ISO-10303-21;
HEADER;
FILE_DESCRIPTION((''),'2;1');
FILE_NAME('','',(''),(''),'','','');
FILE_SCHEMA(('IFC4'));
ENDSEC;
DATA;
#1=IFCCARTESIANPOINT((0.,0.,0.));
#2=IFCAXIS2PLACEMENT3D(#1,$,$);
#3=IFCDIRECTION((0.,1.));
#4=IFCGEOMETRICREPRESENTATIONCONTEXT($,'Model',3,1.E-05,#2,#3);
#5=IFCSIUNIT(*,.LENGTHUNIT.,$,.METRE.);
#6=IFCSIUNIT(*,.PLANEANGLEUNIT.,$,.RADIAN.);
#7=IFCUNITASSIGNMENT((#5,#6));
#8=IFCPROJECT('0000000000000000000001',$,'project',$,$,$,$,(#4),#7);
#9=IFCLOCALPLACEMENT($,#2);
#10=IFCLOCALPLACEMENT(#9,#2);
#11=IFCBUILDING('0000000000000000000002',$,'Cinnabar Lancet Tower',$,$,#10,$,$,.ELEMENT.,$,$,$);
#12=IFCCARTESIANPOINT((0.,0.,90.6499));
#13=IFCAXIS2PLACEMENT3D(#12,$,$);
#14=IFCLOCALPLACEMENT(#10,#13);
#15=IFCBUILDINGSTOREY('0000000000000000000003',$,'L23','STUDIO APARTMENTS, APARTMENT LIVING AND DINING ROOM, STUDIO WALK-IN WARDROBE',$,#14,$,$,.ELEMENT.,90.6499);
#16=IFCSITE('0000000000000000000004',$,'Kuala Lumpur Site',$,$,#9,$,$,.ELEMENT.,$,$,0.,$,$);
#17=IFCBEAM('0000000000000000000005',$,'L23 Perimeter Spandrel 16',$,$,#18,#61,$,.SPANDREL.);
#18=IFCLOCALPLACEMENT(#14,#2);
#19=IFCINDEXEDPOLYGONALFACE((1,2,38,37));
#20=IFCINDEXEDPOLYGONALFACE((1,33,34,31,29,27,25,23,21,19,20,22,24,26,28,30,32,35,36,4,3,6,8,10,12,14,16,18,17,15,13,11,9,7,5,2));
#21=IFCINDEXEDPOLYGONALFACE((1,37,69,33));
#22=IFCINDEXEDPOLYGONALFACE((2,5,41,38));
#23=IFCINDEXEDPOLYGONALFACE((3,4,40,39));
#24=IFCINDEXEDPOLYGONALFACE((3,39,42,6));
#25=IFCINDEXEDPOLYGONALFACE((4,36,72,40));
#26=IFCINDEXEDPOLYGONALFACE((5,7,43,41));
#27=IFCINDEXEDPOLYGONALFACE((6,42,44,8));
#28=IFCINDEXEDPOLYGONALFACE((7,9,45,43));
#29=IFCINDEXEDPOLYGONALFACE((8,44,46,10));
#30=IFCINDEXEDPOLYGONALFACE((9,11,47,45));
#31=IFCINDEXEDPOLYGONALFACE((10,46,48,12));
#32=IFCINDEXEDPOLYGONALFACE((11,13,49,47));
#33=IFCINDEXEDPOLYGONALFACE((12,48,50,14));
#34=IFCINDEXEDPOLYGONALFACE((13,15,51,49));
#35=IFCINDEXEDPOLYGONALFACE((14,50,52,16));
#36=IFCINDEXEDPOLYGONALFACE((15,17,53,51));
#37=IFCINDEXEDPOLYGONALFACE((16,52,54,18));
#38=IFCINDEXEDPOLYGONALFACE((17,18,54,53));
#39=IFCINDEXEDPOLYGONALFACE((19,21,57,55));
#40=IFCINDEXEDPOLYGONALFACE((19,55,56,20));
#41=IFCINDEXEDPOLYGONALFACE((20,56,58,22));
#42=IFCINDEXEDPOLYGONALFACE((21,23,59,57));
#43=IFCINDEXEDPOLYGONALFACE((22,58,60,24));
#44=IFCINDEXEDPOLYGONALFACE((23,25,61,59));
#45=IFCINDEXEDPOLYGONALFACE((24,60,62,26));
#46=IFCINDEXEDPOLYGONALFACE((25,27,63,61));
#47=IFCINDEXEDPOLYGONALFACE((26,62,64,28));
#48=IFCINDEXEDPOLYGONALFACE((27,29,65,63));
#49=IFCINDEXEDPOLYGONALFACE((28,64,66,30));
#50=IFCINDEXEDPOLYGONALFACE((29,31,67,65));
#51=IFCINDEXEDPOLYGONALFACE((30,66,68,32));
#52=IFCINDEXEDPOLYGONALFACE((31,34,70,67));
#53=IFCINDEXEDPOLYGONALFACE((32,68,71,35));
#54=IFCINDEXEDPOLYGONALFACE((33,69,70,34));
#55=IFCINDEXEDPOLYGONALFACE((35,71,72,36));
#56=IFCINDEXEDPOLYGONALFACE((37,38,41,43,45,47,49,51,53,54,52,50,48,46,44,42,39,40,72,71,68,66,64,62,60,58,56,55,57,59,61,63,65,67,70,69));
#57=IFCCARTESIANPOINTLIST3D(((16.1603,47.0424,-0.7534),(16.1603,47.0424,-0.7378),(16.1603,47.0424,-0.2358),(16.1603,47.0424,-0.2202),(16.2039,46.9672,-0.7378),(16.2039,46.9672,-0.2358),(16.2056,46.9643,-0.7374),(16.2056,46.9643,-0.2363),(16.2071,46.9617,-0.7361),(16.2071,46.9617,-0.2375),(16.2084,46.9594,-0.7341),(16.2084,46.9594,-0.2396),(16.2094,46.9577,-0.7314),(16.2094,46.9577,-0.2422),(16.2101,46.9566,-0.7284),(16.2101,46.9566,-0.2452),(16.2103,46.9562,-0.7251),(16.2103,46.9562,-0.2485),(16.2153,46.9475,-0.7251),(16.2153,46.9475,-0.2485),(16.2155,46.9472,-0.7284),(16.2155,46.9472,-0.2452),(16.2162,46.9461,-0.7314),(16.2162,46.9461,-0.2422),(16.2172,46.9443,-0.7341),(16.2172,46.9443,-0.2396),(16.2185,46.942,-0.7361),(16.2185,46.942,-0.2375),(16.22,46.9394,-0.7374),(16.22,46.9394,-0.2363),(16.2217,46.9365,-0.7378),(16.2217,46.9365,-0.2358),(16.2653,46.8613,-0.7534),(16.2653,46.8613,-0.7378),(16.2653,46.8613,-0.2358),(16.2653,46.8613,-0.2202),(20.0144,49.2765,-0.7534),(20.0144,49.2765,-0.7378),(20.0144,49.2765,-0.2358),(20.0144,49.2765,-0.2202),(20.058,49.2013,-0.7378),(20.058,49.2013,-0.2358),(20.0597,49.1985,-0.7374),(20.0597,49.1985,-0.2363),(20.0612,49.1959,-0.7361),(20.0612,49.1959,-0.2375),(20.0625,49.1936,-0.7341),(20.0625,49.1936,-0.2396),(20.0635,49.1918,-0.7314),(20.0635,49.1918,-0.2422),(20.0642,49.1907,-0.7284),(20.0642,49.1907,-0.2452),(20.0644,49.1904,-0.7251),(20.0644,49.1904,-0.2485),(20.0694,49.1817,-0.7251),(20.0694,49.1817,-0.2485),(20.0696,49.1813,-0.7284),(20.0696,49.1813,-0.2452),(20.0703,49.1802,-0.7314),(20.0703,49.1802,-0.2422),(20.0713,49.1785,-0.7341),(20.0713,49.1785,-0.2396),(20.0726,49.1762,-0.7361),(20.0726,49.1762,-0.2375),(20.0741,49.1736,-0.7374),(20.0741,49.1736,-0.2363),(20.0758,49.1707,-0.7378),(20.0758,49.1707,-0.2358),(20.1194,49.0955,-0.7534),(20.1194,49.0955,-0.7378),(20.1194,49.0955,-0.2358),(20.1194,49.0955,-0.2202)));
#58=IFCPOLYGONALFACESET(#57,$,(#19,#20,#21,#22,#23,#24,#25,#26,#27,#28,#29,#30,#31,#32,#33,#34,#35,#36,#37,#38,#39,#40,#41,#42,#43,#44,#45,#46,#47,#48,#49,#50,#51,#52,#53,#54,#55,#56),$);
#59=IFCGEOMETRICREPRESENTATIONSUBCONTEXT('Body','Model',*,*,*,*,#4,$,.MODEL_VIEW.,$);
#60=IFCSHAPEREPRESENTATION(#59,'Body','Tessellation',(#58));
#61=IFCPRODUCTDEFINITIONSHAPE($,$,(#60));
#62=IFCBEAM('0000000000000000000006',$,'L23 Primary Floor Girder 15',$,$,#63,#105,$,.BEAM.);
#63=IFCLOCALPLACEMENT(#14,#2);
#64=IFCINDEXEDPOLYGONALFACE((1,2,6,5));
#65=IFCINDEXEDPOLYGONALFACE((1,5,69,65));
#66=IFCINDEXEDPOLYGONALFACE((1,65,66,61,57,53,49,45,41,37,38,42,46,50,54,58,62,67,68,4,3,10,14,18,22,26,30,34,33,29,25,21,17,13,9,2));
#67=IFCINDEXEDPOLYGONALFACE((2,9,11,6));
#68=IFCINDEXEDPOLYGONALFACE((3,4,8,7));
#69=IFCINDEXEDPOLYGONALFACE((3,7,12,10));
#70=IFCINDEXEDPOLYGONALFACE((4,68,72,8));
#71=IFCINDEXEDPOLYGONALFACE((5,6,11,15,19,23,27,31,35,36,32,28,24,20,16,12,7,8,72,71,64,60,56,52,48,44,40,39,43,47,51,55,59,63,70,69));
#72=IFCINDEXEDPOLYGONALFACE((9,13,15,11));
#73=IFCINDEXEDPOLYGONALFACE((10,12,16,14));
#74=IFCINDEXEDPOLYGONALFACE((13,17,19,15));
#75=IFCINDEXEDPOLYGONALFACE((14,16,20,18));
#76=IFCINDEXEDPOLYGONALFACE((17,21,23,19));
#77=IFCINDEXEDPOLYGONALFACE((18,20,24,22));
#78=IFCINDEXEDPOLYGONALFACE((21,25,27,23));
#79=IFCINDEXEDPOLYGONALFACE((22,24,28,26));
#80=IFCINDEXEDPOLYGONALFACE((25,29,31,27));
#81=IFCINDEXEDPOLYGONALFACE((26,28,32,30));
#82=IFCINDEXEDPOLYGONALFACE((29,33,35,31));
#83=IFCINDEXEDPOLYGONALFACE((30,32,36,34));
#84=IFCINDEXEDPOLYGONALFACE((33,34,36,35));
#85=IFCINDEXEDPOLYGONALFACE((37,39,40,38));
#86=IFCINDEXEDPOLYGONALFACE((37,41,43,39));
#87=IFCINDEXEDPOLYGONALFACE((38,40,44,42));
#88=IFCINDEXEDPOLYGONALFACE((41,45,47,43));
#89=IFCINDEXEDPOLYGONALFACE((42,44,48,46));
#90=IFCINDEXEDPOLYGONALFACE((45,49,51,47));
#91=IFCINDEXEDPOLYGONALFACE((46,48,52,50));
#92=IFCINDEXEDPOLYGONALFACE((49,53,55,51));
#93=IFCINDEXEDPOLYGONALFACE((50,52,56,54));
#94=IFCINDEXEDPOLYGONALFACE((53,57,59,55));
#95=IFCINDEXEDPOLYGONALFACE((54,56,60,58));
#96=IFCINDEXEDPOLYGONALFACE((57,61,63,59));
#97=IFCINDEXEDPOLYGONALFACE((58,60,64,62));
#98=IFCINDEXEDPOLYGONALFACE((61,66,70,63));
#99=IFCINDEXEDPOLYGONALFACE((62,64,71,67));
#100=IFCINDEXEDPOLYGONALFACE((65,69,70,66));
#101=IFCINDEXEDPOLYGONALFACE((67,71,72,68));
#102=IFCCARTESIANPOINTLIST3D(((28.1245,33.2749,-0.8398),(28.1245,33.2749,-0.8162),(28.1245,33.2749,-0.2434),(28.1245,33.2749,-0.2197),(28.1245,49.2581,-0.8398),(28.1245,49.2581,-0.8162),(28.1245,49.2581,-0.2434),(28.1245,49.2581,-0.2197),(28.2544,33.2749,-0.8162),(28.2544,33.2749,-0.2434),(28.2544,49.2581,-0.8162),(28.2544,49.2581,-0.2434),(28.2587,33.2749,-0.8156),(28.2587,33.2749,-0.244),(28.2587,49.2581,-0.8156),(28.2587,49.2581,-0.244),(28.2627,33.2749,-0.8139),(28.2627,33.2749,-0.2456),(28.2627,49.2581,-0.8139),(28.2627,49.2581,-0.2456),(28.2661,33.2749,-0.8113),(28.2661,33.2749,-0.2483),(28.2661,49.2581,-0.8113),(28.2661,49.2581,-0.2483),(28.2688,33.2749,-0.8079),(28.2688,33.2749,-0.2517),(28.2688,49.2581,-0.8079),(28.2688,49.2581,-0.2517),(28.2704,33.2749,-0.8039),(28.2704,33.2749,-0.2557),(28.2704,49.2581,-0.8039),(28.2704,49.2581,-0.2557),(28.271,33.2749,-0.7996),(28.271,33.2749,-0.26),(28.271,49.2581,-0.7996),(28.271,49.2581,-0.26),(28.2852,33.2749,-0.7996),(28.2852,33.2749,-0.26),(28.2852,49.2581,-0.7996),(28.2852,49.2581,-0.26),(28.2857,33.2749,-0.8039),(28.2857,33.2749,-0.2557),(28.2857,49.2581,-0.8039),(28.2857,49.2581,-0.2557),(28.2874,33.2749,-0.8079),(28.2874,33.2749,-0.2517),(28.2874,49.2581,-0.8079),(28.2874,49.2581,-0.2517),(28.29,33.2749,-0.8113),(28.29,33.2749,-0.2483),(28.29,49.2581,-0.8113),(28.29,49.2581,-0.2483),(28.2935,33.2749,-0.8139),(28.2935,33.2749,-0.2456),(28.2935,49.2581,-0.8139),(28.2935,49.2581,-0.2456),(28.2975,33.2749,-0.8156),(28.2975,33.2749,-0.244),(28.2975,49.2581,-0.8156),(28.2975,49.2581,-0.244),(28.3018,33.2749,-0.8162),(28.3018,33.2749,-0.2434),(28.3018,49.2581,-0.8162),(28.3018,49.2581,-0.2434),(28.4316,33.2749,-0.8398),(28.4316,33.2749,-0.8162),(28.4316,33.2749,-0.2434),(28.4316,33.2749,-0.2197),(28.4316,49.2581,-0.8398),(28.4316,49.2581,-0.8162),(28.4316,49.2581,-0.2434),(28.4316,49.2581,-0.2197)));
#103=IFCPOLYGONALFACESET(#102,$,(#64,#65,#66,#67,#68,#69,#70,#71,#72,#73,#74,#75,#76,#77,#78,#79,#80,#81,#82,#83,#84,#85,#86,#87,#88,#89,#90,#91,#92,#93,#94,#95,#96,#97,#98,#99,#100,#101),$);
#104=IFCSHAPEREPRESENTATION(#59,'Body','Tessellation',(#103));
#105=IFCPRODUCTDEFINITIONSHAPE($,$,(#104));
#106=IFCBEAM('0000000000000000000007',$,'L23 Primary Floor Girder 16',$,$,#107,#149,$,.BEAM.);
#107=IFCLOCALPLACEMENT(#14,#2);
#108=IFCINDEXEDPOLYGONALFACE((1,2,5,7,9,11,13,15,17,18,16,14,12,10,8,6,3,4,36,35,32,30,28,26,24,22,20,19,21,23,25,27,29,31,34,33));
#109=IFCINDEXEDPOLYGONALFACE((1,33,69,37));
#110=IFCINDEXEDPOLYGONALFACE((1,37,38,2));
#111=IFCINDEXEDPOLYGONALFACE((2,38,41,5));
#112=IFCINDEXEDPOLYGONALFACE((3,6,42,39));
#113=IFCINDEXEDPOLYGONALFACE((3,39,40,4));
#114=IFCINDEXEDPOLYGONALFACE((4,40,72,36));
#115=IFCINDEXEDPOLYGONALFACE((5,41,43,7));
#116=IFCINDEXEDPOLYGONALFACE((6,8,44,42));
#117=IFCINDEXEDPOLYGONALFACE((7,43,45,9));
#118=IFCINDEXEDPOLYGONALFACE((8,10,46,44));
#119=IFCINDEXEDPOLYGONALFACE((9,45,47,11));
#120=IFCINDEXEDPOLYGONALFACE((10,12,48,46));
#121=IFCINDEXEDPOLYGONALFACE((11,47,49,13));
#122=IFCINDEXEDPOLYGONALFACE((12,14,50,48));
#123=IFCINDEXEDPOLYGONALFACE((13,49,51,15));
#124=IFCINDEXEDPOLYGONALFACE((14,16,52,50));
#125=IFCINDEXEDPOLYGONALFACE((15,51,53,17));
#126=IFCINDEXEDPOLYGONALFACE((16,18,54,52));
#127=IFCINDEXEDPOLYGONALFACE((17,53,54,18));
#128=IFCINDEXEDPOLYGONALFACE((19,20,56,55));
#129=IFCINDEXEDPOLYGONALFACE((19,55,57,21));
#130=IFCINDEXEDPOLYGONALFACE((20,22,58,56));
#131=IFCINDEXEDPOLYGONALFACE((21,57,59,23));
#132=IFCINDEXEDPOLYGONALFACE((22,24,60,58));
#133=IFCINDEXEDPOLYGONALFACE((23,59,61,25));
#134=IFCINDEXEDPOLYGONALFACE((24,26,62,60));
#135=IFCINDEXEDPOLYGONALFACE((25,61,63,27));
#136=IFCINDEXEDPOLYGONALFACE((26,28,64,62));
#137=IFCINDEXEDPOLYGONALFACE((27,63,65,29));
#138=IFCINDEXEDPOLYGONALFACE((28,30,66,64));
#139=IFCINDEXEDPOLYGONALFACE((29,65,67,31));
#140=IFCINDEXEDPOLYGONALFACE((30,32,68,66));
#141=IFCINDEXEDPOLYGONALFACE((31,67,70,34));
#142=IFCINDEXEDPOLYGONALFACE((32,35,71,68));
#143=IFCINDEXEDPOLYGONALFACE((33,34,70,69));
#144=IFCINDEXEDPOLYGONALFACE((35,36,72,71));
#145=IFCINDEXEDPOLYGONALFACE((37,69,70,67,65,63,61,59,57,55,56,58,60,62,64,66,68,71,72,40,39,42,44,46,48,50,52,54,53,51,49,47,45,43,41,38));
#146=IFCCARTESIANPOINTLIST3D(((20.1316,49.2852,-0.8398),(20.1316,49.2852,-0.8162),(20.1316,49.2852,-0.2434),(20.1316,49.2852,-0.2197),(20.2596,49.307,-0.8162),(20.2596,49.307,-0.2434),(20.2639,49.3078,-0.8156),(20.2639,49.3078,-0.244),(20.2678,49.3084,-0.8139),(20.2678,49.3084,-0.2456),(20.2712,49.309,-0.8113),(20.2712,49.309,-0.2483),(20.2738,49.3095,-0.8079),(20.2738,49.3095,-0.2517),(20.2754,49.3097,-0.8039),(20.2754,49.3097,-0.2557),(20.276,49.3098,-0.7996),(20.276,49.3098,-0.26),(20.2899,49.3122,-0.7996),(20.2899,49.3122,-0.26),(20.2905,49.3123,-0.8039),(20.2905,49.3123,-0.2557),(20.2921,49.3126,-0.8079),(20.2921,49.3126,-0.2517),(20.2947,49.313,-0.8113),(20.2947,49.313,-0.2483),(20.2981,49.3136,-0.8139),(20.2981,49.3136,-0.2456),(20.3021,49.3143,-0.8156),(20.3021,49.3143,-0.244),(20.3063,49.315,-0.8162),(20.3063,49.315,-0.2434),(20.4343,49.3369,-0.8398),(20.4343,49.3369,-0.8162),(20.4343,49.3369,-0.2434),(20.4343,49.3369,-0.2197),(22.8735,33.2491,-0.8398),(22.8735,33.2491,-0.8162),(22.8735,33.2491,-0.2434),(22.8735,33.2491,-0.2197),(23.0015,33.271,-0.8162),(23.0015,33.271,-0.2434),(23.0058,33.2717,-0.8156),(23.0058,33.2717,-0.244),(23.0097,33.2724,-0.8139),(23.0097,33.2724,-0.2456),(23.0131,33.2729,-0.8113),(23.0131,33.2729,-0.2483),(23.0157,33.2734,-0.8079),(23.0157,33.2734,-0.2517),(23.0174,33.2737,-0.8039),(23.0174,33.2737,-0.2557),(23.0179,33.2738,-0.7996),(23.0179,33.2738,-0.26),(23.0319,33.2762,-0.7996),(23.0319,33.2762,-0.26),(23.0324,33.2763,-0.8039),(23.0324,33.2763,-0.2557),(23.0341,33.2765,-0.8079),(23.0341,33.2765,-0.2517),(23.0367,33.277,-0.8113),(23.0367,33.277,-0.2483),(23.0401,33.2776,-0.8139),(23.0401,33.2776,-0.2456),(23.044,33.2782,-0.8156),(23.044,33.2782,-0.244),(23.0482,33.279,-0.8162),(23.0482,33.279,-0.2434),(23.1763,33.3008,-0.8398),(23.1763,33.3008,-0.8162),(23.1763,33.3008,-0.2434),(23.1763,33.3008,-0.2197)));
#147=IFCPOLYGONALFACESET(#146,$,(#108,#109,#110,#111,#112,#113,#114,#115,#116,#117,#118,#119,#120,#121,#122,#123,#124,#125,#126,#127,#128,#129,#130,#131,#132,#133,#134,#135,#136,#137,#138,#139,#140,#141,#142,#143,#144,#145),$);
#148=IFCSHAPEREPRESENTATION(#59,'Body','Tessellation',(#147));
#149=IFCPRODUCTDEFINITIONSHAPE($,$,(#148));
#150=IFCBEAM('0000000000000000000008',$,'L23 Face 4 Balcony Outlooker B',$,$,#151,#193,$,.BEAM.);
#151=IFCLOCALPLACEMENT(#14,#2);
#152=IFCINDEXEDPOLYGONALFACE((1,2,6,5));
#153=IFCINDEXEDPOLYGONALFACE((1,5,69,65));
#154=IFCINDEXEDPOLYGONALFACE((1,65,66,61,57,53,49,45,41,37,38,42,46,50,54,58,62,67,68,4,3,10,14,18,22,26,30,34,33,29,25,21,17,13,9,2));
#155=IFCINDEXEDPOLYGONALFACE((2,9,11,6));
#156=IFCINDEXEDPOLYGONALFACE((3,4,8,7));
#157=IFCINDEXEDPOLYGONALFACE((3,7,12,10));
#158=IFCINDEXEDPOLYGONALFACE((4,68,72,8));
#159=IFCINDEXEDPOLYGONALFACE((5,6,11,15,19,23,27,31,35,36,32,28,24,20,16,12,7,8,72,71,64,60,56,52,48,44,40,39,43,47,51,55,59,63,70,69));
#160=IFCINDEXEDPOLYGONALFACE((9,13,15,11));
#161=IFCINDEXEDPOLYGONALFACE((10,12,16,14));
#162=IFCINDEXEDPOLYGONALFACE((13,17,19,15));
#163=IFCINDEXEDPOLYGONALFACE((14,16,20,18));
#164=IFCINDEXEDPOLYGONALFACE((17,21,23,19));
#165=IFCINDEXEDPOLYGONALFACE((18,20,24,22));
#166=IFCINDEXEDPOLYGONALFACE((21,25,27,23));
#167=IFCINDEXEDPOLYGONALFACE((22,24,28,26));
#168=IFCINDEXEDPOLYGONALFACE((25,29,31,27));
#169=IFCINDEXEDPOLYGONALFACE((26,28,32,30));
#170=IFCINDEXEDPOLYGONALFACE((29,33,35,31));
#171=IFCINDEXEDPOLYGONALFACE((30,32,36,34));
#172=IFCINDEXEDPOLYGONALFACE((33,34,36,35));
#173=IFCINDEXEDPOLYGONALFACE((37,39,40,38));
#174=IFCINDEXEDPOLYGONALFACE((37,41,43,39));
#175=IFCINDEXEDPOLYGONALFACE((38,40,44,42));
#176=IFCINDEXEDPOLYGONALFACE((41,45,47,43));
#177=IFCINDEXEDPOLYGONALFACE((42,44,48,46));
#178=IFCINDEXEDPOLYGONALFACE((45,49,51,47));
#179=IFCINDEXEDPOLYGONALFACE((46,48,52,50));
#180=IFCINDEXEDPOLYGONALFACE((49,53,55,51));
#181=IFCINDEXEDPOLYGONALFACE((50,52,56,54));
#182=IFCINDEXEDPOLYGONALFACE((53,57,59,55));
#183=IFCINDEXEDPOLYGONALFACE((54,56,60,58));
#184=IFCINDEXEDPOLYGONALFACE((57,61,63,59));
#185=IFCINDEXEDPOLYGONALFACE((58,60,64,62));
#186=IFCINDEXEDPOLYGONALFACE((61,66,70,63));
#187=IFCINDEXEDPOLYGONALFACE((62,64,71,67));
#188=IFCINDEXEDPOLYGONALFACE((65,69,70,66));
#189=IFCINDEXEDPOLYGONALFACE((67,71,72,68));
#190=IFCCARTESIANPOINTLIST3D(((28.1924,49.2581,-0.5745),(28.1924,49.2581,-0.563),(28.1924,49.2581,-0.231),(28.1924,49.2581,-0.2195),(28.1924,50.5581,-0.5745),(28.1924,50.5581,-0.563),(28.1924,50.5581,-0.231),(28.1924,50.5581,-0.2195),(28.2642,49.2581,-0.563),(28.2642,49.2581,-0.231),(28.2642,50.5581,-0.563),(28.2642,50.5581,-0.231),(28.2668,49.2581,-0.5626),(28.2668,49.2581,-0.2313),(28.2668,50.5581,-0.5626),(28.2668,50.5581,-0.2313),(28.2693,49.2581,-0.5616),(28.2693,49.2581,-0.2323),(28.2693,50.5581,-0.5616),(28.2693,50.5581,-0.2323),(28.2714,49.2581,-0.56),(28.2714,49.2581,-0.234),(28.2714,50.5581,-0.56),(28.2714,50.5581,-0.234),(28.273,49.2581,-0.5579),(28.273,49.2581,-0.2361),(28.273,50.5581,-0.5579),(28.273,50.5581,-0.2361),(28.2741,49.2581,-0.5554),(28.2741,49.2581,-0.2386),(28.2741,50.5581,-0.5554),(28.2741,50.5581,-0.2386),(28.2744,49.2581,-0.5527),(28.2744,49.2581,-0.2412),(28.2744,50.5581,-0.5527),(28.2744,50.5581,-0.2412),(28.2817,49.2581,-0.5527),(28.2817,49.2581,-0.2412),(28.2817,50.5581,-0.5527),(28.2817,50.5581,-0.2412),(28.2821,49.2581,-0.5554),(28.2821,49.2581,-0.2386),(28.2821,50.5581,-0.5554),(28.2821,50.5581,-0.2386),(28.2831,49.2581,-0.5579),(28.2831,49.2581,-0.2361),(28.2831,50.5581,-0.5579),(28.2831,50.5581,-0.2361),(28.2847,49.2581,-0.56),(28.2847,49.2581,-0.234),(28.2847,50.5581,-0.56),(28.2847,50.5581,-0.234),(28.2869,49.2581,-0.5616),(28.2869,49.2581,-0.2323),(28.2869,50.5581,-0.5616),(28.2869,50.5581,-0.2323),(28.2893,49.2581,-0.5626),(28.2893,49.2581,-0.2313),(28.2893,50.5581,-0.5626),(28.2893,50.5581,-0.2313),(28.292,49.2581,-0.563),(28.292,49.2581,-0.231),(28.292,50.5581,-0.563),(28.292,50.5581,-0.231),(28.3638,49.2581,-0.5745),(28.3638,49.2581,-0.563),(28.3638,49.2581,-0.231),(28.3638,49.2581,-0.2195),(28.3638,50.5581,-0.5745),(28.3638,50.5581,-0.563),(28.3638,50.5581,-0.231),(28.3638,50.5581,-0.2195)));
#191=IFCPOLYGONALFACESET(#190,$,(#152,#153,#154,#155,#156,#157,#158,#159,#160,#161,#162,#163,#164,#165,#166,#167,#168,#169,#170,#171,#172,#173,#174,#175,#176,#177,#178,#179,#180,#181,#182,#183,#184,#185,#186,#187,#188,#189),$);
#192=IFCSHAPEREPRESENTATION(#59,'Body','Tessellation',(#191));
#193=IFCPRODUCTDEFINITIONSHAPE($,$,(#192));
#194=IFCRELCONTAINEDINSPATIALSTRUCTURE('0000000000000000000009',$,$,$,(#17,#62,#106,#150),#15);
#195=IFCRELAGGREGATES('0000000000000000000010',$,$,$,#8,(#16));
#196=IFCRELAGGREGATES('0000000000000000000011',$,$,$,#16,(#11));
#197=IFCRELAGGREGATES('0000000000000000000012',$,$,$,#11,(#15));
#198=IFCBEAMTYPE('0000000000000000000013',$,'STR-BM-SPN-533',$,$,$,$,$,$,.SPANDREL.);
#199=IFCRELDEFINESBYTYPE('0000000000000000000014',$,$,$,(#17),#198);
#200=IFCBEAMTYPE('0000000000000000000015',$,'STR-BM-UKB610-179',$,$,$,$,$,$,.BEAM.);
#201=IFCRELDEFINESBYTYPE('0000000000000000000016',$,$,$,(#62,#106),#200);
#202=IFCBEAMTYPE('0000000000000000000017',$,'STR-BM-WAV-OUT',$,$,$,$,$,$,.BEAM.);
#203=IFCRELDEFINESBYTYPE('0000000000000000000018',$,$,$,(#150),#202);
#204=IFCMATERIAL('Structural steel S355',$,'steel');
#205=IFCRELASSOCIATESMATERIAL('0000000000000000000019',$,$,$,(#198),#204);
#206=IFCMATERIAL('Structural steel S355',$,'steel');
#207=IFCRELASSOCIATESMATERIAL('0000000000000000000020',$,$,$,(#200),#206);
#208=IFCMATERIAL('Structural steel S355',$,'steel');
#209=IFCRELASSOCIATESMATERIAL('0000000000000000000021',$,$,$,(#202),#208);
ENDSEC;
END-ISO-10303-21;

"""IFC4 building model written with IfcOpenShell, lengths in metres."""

from ifc_helpers import new_model, si_unit, direction, frame, origin, origin_2d, place, context, subcontext, project, spatial, i_section, extrude, material, material_profile, profile_set, type_object, element, save


model = new_model("IFC4")

# Units and contexts
model_context = context("Model", 3, precision=1e-05, world=origin(), true_north=direction((0.0, 1.0)))
body_context = subcontext(model_context, "Body", "Model", "MODEL_VIEW")
ifc_project = project(units=[si_unit("LENGTHUNIT", "METRE"), si_unit("PLANEANGLEUNIT", "RADIAN")], contexts=[model_context])

# Site, building, storey
site_placement = place(None, origin())
site = spatial("IfcSite", under=ifc_project, at=site_placement, Name="Kuala Lumpur Site", CompositionType="ELEMENT", RefElevation=0.0)
building_placement = place(site_placement, origin())
building = spatial("IfcBuilding", under=site, at=building_placement, Name="Cinnabar Lancet Tower", CompositionType="ELEMENT")
storey_placement = place(building_placement, frame((0.0, 0.0, 90.6499)))
storey = spatial("IfcBuildingStorey", under=building, at=storey_placement, Name="L23", Description="STUDIO APARTMENTS, APARTMENT LIVING AND DINING ROOM, STUDIO WALK-IN WARDROBE", CompositionType="ELEMENT", Elevation=90.6499)

# Beams
ifc_material_1 = material(Name="Structural steel S355", Category="steel")
ifc_material_profile_1 = material_profile(ifc_material_1, i_section(OverallWidth=0.2092, OverallDepth=0.5332, WebThickness=0.01, FlangeThickness=0.0156, FilletRadius=0.0127, at=origin_2d()), Name="UKB 533x210x92")
ifc_profile_set_1 = profile_set([ifc_material_profile_1], Name="Structural steel S355")
beam_type_1 = type_object("IfcBeamType", Name="STR-BM-SPN-533", PredefinedType="SPANDREL", material=ifc_profile_set_1)
beam_1_placement = place(storey_placement, frame((20.0669, 49.186, -0.4868), z_axis=(-0.865147, -0.501518, 0.0), x_axis=(0.501518, -0.865147, 0.0)))
element("IfcBeam", 1, at=beam_1_placement, inside=storey, type_object=beam_type_1, Name="L23 Perimeter Spandrel 16", PredefinedType="SPANDREL", context=body_context, shape_type="SweptSolid", body=[
    extrude(i_section(OverallWidth=0.2092, OverallDepth=0.5332, WebThickness=0.01, FlangeThickness=0.0156, FilletRadius=0.0127, at=origin_2d()), origin(), (0.0, 0.0, 1.0), 4.4548),
])
ifc_material_2 = material(Name="Structural steel S355", Category="steel")
ifc_material_profile_2 = material_profile(ifc_material_2, i_section(OverallWidth=0.3071, OverallDepth=0.6201, WebThickness=0.0142, FlangeThickness=0.0237, FilletRadius=0.0166, at=origin_2d()), Name="UKB 610x305x179")
ifc_profile_set_2 = profile_set([ifc_material_profile_2], Name="Structural steel S355")
beam_type_2 = type_object("IfcBeamType", Name="STR-BM-UKB610-179", PredefinedType="BEAM", material=ifc_profile_set_2)
beam_2_placement = place(storey_placement, frame((28.2781, 49.2581, -0.5298), z_axis=(0.0, -1.0, 0.0), x_axis=(1.0, 0.0, 0.0)))
element("IfcBeam", 2, at=beam_2_placement, inside=storey, type_object=beam_type_2, Name="L23 Primary Floor Girder 15", PredefinedType="BEAM", context=body_context, shape_type="SweptSolid", body=[
    extrude(i_section(OverallWidth=0.3071, OverallDepth=0.6201, WebThickness=0.0142, FlangeThickness=0.0237, FilletRadius=0.0166, at=origin_2d()), origin(), (0.0, 0.0, 1.0), 15.9832),
])
beam_3_placement = place(storey_placement, frame((20.283, 49.311, -0.5298), z_axis=(0.168539, -0.985695, 0.0), x_axis=(0.985695, 0.168539, 0.0)))
element("IfcBeam", 3, at=beam_3_placement, inside=storey, type_object=beam_type_2, Name="L23 Primary Floor Girder 16", PredefinedType="BEAM", context=body_context, shape_type="SweptSolid", body=[
    extrude(i_section(OverallWidth=0.3071, OverallDepth=0.6201, WebThickness=0.0142, FlangeThickness=0.0237, FilletRadius=0.0166, at=origin_2d()), origin(), (0.0, 0.0, 1.0), 16.2688),
])
ifc_material_3 = material(Name="Structural steel S355", Category="steel")
ifc_material_profile_3 = material_profile(ifc_material_3, i_section(OverallWidth=0.1714, OverallDepth=0.355, WebThickness=0.0073, FlangeThickness=0.0115, FilletRadius=0.0103, at=origin_2d()), Name="UKB 356x171x51")
ifc_profile_set_3 = profile_set([ifc_material_profile_3], Name="Structural steel S355")
beam_type_3 = type_object("IfcBeamType", Name="STR-BM-WAV-OUT", PredefinedType="BEAM", material=ifc_profile_set_3)
beam_4_placement = place(storey_placement, frame((28.2781, 49.2581, -0.397), z_axis=(0.0, 1.0, 0.0), x_axis=(-1.0, 0.0, 0.0)))
element("IfcBeam", 4, at=beam_4_placement, inside=storey, type_object=beam_type_3, Name="L23 Face 4 Balcony Outlooker B", PredefinedType="BEAM", context=body_context, shape_type="SweptSolid", body=[
    extrude(i_section(OverallWidth=0.1714, OverallDepth=0.355, WebThickness=0.0073, FlangeThickness=0.0115, FilletRadius=0.0103, at=origin_2d()), origin(), (0.0, 0.0, 1.0), 1.3),
])

save(model, "model.ifc")
